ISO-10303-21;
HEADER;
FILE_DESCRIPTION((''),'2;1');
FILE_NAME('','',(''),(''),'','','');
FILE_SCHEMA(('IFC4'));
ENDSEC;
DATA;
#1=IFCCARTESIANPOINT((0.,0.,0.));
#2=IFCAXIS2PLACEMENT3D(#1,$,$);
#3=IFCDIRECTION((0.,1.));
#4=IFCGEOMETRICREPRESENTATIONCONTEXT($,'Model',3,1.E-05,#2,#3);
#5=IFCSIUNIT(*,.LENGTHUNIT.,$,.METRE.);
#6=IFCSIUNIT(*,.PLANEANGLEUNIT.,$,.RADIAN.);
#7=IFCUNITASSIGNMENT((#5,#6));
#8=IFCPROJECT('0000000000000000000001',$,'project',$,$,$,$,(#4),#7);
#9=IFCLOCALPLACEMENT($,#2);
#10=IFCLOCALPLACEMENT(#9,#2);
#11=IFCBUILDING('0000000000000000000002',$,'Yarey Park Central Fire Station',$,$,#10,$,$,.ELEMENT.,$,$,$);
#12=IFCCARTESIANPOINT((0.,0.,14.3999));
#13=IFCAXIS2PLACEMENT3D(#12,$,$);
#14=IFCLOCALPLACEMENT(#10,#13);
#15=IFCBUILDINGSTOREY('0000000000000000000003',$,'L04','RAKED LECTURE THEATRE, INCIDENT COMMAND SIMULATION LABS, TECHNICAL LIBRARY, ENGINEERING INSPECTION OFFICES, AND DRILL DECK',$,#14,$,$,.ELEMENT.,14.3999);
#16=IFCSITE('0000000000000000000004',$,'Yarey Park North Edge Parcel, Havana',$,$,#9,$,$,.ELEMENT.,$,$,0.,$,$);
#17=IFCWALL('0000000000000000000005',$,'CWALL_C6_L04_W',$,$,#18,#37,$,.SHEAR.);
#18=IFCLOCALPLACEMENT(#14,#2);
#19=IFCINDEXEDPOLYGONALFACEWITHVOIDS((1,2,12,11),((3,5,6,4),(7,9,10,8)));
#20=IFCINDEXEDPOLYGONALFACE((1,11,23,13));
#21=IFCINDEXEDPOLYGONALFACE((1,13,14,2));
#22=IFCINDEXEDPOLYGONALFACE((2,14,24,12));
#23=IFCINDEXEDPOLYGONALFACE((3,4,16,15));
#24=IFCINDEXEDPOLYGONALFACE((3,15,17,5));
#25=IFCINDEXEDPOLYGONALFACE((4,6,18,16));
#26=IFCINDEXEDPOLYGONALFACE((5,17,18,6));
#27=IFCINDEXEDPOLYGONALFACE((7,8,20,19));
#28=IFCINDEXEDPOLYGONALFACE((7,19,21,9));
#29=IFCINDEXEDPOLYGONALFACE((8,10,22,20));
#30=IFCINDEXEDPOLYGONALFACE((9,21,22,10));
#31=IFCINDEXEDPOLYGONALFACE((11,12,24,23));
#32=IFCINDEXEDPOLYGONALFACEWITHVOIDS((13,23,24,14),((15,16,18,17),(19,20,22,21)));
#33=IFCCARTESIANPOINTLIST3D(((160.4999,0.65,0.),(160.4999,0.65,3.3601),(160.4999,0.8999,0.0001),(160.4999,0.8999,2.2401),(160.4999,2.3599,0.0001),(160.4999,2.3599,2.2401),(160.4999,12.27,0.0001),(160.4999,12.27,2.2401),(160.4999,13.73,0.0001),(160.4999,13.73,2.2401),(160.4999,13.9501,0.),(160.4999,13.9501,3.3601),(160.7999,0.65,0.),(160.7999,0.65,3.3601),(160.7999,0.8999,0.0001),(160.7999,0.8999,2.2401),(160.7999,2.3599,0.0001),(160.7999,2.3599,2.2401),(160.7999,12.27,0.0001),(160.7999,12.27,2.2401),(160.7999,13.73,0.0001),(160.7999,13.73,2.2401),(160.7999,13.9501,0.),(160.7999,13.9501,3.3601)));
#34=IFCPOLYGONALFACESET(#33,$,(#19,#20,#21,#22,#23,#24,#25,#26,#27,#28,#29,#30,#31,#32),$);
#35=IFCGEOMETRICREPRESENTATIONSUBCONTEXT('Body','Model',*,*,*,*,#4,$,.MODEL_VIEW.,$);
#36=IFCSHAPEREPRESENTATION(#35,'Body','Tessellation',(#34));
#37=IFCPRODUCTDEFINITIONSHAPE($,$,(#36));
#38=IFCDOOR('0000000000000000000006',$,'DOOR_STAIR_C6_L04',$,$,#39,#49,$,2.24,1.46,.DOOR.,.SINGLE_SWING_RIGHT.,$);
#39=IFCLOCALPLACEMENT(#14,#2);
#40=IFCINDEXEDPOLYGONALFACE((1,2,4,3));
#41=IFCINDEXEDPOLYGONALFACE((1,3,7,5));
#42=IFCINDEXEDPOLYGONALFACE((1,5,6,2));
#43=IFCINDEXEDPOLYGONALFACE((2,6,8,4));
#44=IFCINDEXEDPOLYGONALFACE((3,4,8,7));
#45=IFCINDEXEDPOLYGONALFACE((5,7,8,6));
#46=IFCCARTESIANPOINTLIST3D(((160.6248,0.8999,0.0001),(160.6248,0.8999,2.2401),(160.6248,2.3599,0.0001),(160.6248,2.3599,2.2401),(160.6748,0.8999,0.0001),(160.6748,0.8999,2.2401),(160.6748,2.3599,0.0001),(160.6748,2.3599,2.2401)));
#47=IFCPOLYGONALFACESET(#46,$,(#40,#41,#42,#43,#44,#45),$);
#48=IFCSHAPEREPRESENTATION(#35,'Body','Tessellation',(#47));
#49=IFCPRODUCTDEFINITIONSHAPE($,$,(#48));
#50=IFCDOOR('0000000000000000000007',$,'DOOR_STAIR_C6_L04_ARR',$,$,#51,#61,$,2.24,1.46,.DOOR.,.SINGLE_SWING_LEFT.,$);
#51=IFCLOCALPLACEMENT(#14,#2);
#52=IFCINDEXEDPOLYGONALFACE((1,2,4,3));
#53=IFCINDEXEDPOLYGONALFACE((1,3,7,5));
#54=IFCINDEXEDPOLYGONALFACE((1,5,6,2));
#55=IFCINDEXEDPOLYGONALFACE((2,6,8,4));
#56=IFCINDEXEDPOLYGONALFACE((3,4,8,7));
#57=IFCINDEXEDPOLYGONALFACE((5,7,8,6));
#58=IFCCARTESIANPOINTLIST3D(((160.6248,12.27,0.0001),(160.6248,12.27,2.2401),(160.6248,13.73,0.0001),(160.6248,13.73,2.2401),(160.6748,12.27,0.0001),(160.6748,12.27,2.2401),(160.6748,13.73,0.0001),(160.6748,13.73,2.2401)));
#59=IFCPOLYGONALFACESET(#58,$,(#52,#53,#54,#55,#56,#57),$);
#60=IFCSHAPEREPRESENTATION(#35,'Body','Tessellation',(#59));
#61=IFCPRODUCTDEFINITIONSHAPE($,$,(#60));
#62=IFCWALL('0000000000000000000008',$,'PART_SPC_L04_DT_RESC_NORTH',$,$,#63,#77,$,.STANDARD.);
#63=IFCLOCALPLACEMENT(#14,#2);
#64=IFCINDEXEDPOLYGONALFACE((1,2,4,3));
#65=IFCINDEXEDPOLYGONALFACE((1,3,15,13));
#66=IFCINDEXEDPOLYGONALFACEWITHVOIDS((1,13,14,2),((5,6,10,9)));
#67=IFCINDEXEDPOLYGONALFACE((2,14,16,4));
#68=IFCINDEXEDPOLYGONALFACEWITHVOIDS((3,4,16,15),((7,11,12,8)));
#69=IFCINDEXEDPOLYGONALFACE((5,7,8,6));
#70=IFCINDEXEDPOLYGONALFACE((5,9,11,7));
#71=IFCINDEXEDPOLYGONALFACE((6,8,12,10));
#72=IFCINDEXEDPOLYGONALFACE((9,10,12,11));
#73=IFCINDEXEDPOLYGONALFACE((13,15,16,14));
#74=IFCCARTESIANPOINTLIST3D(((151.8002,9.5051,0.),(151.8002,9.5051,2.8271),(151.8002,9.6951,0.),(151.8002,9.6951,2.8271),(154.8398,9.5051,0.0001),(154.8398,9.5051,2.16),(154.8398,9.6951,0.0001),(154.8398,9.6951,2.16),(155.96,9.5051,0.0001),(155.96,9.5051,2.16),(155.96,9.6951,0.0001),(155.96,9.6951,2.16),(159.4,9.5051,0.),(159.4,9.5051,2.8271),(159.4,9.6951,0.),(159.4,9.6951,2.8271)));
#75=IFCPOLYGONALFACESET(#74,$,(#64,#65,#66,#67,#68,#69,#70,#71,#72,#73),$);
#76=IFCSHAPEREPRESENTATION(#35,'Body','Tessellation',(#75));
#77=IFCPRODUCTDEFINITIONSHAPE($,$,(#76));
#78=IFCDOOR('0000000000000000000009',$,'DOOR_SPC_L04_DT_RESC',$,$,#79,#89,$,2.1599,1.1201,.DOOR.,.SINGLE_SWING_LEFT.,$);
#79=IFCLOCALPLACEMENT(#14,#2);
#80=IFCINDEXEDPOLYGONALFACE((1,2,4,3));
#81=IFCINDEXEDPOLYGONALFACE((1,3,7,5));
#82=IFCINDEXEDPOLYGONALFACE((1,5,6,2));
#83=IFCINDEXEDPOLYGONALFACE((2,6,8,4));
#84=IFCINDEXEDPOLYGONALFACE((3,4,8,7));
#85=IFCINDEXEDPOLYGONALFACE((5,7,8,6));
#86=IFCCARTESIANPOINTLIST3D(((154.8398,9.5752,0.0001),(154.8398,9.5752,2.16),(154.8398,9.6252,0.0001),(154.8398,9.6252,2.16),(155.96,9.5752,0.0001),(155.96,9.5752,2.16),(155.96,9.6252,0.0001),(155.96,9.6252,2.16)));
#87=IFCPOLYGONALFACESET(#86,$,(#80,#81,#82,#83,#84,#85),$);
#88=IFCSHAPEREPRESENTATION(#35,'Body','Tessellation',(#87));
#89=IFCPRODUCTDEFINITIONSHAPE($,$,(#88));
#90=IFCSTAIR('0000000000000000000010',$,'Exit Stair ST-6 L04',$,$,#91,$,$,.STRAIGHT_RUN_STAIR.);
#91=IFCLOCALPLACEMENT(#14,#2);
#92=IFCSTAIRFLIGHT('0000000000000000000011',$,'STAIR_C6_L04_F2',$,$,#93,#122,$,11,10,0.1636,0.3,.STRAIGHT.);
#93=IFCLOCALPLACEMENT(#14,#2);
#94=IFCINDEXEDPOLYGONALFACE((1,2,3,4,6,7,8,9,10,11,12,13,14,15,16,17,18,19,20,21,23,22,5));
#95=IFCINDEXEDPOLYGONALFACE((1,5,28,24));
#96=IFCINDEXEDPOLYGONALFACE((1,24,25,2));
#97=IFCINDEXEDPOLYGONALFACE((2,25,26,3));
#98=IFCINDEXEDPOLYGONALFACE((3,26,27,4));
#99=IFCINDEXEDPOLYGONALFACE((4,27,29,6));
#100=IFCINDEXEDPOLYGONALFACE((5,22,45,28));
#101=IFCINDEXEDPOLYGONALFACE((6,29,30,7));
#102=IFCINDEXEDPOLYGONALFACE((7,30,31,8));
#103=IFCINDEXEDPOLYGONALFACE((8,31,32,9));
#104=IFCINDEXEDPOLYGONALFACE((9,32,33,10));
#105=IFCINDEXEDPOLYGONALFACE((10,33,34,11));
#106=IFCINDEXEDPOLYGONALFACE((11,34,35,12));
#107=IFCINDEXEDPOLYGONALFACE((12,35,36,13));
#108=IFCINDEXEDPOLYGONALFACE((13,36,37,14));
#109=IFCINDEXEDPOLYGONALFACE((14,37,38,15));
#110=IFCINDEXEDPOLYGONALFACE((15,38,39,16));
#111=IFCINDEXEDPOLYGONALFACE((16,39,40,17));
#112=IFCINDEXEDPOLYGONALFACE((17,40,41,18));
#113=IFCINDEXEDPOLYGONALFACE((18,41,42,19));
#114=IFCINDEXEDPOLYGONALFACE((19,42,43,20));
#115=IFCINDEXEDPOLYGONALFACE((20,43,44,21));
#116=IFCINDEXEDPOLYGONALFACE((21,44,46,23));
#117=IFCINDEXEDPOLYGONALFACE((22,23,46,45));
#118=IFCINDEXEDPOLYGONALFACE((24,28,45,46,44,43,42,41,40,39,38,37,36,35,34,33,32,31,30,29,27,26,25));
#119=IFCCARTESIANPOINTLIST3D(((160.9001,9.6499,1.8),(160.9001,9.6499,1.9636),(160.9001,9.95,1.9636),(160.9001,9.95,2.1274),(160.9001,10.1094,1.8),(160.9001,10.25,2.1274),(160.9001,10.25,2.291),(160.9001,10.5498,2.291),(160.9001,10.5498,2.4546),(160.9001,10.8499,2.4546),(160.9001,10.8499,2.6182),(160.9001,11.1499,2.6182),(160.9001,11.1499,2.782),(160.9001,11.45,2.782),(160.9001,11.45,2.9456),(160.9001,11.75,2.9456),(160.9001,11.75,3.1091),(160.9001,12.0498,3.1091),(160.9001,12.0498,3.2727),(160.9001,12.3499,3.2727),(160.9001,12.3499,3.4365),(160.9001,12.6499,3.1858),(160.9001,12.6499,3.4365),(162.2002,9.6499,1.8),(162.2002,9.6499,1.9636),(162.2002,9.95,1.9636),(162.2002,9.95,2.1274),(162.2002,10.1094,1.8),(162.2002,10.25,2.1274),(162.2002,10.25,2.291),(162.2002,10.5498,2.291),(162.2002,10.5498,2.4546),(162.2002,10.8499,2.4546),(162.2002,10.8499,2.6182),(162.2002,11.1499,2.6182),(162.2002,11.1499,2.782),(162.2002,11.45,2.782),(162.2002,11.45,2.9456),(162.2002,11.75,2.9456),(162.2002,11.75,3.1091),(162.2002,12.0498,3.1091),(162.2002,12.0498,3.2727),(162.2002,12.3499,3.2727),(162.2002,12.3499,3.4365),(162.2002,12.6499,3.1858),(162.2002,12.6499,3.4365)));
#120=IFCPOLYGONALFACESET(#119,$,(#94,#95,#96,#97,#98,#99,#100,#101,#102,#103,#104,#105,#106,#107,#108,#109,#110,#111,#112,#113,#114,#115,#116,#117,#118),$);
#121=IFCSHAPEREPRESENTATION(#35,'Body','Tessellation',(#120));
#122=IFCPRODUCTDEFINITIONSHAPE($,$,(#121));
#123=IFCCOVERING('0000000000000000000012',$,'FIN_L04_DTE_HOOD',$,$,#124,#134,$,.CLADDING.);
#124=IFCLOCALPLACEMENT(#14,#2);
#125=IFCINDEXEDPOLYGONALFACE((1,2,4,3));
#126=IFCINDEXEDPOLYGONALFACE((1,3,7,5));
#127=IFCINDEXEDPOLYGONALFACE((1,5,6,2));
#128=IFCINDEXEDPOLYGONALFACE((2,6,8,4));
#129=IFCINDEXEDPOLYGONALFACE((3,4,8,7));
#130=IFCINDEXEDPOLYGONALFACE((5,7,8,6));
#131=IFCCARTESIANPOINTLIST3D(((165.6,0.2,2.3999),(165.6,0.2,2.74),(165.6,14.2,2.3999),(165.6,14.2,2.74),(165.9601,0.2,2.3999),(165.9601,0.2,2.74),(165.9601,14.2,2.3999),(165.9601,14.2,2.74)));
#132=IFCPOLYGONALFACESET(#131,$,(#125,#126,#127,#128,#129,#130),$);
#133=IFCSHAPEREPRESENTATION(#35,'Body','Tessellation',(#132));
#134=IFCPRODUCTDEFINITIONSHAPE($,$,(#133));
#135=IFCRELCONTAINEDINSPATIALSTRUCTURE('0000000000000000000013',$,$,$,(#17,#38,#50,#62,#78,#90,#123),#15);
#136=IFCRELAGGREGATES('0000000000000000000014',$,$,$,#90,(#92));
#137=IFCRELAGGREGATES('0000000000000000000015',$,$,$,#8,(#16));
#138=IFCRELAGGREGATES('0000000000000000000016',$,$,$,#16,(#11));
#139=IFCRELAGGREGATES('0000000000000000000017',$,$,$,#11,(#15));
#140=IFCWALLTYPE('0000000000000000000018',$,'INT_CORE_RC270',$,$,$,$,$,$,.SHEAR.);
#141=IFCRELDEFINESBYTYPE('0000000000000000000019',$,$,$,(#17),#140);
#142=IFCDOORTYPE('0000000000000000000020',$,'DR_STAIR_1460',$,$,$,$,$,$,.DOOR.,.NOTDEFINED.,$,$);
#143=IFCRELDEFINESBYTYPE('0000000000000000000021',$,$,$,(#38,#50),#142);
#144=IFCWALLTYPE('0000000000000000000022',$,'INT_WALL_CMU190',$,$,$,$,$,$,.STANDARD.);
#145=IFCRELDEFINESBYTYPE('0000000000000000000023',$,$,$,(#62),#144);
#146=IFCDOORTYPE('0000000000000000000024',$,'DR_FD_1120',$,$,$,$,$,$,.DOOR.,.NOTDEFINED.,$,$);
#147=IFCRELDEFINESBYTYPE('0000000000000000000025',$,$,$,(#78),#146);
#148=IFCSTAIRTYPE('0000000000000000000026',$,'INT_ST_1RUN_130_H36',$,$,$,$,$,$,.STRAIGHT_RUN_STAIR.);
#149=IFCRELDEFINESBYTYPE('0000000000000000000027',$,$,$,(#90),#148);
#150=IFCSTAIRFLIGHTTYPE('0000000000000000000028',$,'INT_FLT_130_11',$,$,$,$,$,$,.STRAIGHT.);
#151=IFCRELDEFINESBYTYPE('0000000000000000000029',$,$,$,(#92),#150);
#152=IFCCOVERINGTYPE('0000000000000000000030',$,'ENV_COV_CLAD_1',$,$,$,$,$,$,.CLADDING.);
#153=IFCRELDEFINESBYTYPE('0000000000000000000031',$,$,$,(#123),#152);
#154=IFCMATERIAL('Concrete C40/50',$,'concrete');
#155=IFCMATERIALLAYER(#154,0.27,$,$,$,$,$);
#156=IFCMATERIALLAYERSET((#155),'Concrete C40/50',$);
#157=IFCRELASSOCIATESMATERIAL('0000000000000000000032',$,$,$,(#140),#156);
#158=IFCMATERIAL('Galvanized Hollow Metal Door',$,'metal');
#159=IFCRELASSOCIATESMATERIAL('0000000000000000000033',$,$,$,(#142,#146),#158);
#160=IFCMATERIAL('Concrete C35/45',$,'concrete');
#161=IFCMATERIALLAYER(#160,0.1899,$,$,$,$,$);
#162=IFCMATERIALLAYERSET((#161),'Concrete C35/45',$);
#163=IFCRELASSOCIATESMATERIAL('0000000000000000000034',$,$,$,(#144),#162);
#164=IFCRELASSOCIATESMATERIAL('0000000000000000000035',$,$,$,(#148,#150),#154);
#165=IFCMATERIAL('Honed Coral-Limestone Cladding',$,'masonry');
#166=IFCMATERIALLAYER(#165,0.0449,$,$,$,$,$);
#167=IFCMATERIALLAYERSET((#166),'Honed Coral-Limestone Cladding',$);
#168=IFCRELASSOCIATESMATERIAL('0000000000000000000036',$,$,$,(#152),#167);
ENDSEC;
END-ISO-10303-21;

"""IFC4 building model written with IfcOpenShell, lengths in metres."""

from ifc_helpers import new_model, si_unit, direction, frame, frame_2d, origin, origin_2d, place, context, subcontext, project, spatial, polyline, rectangle, outline, extrude, material, layer, layer_set, type_object, element, fill, aggregate, save


model = new_model("IFC4")

# Units and contexts
model_context = context("Model", 3, precision=1e-05, world=origin(), true_north=direction((0.0, 1.0)))
body_context = subcontext(model_context, "Body", "Model", "MODEL_VIEW")
ifc_project = project(units=[si_unit("LENGTHUNIT", "METRE"), si_unit("PLANEANGLEUNIT", "RADIAN")], contexts=[model_context])

# Site, building, storey
site_placement = place(None, origin())
site = spatial("IfcSite", under=ifc_project, at=site_placement, Name="Yarey Park North Edge Parcel, Havana", CompositionType="ELEMENT", RefElevation=0.0)
building_placement = place(site_placement, origin())
building = spatial("IfcBuilding", under=site, at=building_placement, Name="Yarey Park Central Fire Station", CompositionType="ELEMENT")
storey_placement = place(building_placement, frame((0.0, 0.0, 14.3999)))
storey = spatial("IfcBuildingStorey", under=building, at=storey_placement, Name="L04", Description="RAKED LECTURE THEATRE, INCIDENT COMMAND SIMULATION LABS, TECHNICAL LIBRARY, ENGINEERING INSPECTION OFFICES, AND DRILL DECK", CompositionType="ELEMENT", Elevation=14.3999)

# Shared definitions
ifc_material_1 = material(Name="Concrete C40/50", Category="concrete")

# Shared definitions
ifc_layer_1 = layer(ifc_material_1, 0.27)
ifc_layer_set_1 = layer_set([ifc_layer_1], Name="Concrete C40/50")
wall_type_1 = type_object("IfcWallType", Name="INT_CORE_RC270", PredefinedType="SHEAR", material=ifc_layer_set_1)

# Wall, openings, doors
wall_1_placement = place(storey_placement, frame((160.6499, 13.95, 0.0), z_axis=(0.0, 0.0, 1.0), x_axis=(0.0, -1.0, 0.0)))
wall_1 = element("IfcWall", 1, at=wall_1_placement, inside=storey, type_object=wall_type_1, Name="CWALL_C6_L04_W", PredefinedType="SHEAR", context=body_context, shape_type="SweptSolid", body=[
    extrude(rectangle(XDim=13.3, YDim=0.3, at=frame_2d((6.6499, 0.0))), origin(), (0.0, 0.0, 1.0), 3.3601),
])
opening_1_placement = place(wall_1_placement, frame((11.5901, 0.0, 0.0)))
opening_1 = element("IfcOpeningElement", 2, at=opening_1_placement, cuts=wall_1, PredefinedType="OPENING", context=body_context, shape_type="SweptSolid", body=[
    extrude(rectangle(XDim=1.46, YDim=2.24, at=frame_2d((0.73, 1.1201))), frame((0.0, 0.1599, 0.0), z_axis=(0.0, -1.0, 0.0), x_axis=(1.0, 0.0, 0.0)), (0.0, 0.0, 1.0), 0.3201),
])
opening_2_placement = place(wall_1_placement, frame((0.22, 0.0, 0.0)))
opening_2 = element("IfcOpeningElement", 3, at=opening_2_placement, cuts=wall_1, PredefinedType="OPENING", context=body_context, shape_type="SweptSolid", body=[
    extrude(rectangle(XDim=1.46, YDim=2.24, at=frame_2d((0.73, 1.1201))), frame((0.0, 0.1599, 0.0), z_axis=(0.0, -1.0, 0.0), x_axis=(1.0, 0.0, 0.0)), (0.0, 0.0, 1.0), 0.3201),
])
ifc_material_2 = material(Name="Galvanized Hollow Metal Door", Category="metal")
door_type_1 = type_object("IfcDoorType", Name="DR_STAIR_1460", OperationType="NOTDEFINED", PredefinedType="DOOR", material=ifc_material_2)
door_1_placement = place(opening_1_placement, origin())
door_1 = element("IfcDoor", 4, at=door_1_placement, inside=storey, type_object=door_type_1, Name="DOOR_STAIR_C6_L04", OperationType="SINGLE_SWING_RIGHT", OverallHeight=2.24, OverallWidth=1.46, PredefinedType="DOOR", context=body_context, shape_type="SweptSolid", body=[
    extrude(rectangle(XDim=1.46, YDim=2.24, at=frame_2d((0.73, 1.1201))), frame((0.0, 0.0249, 0.0), z_axis=(0.0, -1.0, 0.0), x_axis=(1.0, 0.0, 0.0)), (0.0, 0.0, 1.0), 0.05),
])
fill(opening_1, door_1)
door_2_placement = place(opening_2_placement, origin())
door_2 = element("IfcDoor", 5, at=door_2_placement, inside=storey, type_object=door_type_1, Name="DOOR_STAIR_C6_L04_ARR", OperationType="SINGLE_SWING_LEFT", OverallHeight=2.24, OverallWidth=1.46, PredefinedType="DOOR", context=body_context, shape_type="SweptSolid", body=[
    extrude(rectangle(XDim=1.46, YDim=2.24, at=frame_2d((0.73, 1.1201))), frame((0.0, 0.0249, 0.0), z_axis=(0.0, -1.0, 0.0), x_axis=(1.0, 0.0, 0.0)), (0.0, 0.0, 1.0), 0.05),
])
fill(opening_2, door_2)

# Wall, opening, door
ifc_material_3 = material(Name="Concrete C35/45", Category="concrete")
ifc_layer_2 = layer(ifc_material_3, 0.1899)
ifc_layer_set_2 = layer_set([ifc_layer_2], Name="Concrete C35/45")
wall_type_2 = type_object("IfcWallType", Name="INT_WALL_CMU190", PredefinedType="STANDARD", material=ifc_layer_set_2)
wall_2_placement = place(storey_placement, frame((159.3999, 9.6001, 0.0), z_axis=(0.0, 0.0, 1.0), x_axis=(-1.0, 0.0, 0.0)))
wall_2 = element("IfcWall", 6, at=wall_2_placement, inside=storey, type_object=wall_type_2, Name="PART_SPC_L04_DT_RESC_NORTH", PredefinedType="STANDARD", context=body_context, shape_type="SweptSolid", body=[
    extrude(rectangle(XDim=7.5999, YDim=0.1899, at=frame_2d((3.7998, 0.0))), origin(), (0.0, 0.0, 1.0), 2.8271),
])
opening_3_placement = place(wall_2_placement, frame((3.4399, 0.0, 0.0)))
opening_3 = element("IfcOpeningElement", 7, at=opening_3_placement, cuts=wall_2, PredefinedType="OPENING", context=body_context, shape_type="SweptSolid", body=[
    extrude(rectangle(XDim=1.1201, YDim=2.1599, at=frame_2d((0.5601, 1.0801))), frame((0.0, 0.105, 0.0), z_axis=(0.0, -1.0, 0.0), x_axis=(1.0, 0.0, 0.0)), (0.0, 0.0, 1.0), 0.21),
])
door_type_2 = type_object("IfcDoorType", Name="DR_FD_1120", OperationType="NOTDEFINED", PredefinedType="DOOR", material=ifc_material_2)
door_3_placement = place(opening_3_placement, origin())
door_3 = element("IfcDoor", 8, at=door_3_placement, inside=storey, type_object=door_type_2, Name="DOOR_SPC_L04_DT_RESC", OperationType="SINGLE_SWING_LEFT", OverallHeight=2.1599, OverallWidth=1.1201, PredefinedType="DOOR", context=body_context, shape_type="SweptSolid", body=[
    extrude(rectangle(XDim=1.1201, YDim=2.1599, at=frame_2d((0.5601, 1.0801))), frame((0.0, 0.0249, 0.0), z_axis=(0.0, -1.0, 0.0), x_axis=(1.0, 0.0, 0.0)), (0.0, 0.0, 1.0), 0.05),
])
fill(opening_3, door_3)

# Stair, stair flight
stair_type = type_object("IfcStairType", Name="INT_ST_1RUN_130_H36", PredefinedType="STRAIGHT_RUN_STAIR", material=ifc_material_1)
stair_placement = place(storey_placement, origin())
stair = element("IfcStair", 9, at=stair_placement, inside=storey, type_object=stair_type, Name="Exit Stair ST-6 L04", PredefinedType="STRAIGHT_RUN_STAIR")
stair_flight_type = type_object("IfcStairFlightType", Name="INT_FLT_130_11", PredefinedType="STRAIGHT", material=ifc_material_1)
stair_flight_placement = place(storey_placement, frame((161.55, 9.6499, 1.8), z_axis=(0.0, 0.0, 1.0), x_axis=(0.0, 1.0, 0.0)))
stair_flight = element("IfcStairFlight", 10, at=stair_flight_placement, type_object=stair_flight_type, Name="STAIR_C6_L04_F2", NumberOfRisers=11, NumberOfTreads=10, PredefinedType="STRAIGHT", RiserHeight=0.1636, TreadLength=0.3, context=body_context, shape_type="SweptSolid", body=[
    extrude(outline(polyline([(0.0, 0.0), (0.0, 0.1636), (0.3, 0.1636), (0.3, 0.3274), (0.6001, 0.3274), (0.6001, 0.491), (0.8999, 0.491), (0.8999, 0.6545), (1.2, 0.6545), (1.2, 0.8181), (1.5, 0.8181), (1.5, 0.9819), (1.8, 0.9819), (1.8, 1.1455), (2.1001, 1.1455), (2.1001, 1.3091), (2.3999, 1.3091), (2.3999, 1.4727), (2.7, 1.4727), (2.7, 1.6365), (3.0, 1.6365), (3.0, 1.8), (3.0, 1.3857), (0.4595, 0.0), (0.0, 0.0)])), frame((0.0, 0.6499, 0.0), z_axis=(0.0, -1.0, 0.0), x_axis=(1.0, 0.0, 0.0)), (0.0, 0.0, 1.0), 1.3),
])
aggregate(stair, [stair_flight])

# Covering
ifc_material_4 = material(Name="Honed Coral-Limestone Cladding", Category="masonry")
ifc_layer_3 = layer(ifc_material_4, 0.0449)
ifc_layer_set_3 = layer_set([ifc_layer_3], Name="Honed Coral-Limestone Cladding")
covering_type = type_object("IfcCoveringType", Name="ENV_COV_CLAD_1", PredefinedType="CLADDING", material=ifc_layer_set_3)
covering_placement = place(storey_placement, frame((165.78, 7.2, 2.3999), z_axis=(0.0, 0.0, 1.0), x_axis=(0.0, 1.0, 0.0)))
element("IfcCovering", 11, at=covering_placement, inside=storey, type_object=covering_type, Name="FIN_L04_DTE_HOOD", PredefinedType="CLADDING", context=body_context, shape_type="SweptSolid", body=[
    extrude(rectangle(XDim=14.0, YDim=0.3601, at=origin_2d()), origin(), (0.0, 0.0, 1.0), 0.3401),
])

save(model, "model.ifc")
